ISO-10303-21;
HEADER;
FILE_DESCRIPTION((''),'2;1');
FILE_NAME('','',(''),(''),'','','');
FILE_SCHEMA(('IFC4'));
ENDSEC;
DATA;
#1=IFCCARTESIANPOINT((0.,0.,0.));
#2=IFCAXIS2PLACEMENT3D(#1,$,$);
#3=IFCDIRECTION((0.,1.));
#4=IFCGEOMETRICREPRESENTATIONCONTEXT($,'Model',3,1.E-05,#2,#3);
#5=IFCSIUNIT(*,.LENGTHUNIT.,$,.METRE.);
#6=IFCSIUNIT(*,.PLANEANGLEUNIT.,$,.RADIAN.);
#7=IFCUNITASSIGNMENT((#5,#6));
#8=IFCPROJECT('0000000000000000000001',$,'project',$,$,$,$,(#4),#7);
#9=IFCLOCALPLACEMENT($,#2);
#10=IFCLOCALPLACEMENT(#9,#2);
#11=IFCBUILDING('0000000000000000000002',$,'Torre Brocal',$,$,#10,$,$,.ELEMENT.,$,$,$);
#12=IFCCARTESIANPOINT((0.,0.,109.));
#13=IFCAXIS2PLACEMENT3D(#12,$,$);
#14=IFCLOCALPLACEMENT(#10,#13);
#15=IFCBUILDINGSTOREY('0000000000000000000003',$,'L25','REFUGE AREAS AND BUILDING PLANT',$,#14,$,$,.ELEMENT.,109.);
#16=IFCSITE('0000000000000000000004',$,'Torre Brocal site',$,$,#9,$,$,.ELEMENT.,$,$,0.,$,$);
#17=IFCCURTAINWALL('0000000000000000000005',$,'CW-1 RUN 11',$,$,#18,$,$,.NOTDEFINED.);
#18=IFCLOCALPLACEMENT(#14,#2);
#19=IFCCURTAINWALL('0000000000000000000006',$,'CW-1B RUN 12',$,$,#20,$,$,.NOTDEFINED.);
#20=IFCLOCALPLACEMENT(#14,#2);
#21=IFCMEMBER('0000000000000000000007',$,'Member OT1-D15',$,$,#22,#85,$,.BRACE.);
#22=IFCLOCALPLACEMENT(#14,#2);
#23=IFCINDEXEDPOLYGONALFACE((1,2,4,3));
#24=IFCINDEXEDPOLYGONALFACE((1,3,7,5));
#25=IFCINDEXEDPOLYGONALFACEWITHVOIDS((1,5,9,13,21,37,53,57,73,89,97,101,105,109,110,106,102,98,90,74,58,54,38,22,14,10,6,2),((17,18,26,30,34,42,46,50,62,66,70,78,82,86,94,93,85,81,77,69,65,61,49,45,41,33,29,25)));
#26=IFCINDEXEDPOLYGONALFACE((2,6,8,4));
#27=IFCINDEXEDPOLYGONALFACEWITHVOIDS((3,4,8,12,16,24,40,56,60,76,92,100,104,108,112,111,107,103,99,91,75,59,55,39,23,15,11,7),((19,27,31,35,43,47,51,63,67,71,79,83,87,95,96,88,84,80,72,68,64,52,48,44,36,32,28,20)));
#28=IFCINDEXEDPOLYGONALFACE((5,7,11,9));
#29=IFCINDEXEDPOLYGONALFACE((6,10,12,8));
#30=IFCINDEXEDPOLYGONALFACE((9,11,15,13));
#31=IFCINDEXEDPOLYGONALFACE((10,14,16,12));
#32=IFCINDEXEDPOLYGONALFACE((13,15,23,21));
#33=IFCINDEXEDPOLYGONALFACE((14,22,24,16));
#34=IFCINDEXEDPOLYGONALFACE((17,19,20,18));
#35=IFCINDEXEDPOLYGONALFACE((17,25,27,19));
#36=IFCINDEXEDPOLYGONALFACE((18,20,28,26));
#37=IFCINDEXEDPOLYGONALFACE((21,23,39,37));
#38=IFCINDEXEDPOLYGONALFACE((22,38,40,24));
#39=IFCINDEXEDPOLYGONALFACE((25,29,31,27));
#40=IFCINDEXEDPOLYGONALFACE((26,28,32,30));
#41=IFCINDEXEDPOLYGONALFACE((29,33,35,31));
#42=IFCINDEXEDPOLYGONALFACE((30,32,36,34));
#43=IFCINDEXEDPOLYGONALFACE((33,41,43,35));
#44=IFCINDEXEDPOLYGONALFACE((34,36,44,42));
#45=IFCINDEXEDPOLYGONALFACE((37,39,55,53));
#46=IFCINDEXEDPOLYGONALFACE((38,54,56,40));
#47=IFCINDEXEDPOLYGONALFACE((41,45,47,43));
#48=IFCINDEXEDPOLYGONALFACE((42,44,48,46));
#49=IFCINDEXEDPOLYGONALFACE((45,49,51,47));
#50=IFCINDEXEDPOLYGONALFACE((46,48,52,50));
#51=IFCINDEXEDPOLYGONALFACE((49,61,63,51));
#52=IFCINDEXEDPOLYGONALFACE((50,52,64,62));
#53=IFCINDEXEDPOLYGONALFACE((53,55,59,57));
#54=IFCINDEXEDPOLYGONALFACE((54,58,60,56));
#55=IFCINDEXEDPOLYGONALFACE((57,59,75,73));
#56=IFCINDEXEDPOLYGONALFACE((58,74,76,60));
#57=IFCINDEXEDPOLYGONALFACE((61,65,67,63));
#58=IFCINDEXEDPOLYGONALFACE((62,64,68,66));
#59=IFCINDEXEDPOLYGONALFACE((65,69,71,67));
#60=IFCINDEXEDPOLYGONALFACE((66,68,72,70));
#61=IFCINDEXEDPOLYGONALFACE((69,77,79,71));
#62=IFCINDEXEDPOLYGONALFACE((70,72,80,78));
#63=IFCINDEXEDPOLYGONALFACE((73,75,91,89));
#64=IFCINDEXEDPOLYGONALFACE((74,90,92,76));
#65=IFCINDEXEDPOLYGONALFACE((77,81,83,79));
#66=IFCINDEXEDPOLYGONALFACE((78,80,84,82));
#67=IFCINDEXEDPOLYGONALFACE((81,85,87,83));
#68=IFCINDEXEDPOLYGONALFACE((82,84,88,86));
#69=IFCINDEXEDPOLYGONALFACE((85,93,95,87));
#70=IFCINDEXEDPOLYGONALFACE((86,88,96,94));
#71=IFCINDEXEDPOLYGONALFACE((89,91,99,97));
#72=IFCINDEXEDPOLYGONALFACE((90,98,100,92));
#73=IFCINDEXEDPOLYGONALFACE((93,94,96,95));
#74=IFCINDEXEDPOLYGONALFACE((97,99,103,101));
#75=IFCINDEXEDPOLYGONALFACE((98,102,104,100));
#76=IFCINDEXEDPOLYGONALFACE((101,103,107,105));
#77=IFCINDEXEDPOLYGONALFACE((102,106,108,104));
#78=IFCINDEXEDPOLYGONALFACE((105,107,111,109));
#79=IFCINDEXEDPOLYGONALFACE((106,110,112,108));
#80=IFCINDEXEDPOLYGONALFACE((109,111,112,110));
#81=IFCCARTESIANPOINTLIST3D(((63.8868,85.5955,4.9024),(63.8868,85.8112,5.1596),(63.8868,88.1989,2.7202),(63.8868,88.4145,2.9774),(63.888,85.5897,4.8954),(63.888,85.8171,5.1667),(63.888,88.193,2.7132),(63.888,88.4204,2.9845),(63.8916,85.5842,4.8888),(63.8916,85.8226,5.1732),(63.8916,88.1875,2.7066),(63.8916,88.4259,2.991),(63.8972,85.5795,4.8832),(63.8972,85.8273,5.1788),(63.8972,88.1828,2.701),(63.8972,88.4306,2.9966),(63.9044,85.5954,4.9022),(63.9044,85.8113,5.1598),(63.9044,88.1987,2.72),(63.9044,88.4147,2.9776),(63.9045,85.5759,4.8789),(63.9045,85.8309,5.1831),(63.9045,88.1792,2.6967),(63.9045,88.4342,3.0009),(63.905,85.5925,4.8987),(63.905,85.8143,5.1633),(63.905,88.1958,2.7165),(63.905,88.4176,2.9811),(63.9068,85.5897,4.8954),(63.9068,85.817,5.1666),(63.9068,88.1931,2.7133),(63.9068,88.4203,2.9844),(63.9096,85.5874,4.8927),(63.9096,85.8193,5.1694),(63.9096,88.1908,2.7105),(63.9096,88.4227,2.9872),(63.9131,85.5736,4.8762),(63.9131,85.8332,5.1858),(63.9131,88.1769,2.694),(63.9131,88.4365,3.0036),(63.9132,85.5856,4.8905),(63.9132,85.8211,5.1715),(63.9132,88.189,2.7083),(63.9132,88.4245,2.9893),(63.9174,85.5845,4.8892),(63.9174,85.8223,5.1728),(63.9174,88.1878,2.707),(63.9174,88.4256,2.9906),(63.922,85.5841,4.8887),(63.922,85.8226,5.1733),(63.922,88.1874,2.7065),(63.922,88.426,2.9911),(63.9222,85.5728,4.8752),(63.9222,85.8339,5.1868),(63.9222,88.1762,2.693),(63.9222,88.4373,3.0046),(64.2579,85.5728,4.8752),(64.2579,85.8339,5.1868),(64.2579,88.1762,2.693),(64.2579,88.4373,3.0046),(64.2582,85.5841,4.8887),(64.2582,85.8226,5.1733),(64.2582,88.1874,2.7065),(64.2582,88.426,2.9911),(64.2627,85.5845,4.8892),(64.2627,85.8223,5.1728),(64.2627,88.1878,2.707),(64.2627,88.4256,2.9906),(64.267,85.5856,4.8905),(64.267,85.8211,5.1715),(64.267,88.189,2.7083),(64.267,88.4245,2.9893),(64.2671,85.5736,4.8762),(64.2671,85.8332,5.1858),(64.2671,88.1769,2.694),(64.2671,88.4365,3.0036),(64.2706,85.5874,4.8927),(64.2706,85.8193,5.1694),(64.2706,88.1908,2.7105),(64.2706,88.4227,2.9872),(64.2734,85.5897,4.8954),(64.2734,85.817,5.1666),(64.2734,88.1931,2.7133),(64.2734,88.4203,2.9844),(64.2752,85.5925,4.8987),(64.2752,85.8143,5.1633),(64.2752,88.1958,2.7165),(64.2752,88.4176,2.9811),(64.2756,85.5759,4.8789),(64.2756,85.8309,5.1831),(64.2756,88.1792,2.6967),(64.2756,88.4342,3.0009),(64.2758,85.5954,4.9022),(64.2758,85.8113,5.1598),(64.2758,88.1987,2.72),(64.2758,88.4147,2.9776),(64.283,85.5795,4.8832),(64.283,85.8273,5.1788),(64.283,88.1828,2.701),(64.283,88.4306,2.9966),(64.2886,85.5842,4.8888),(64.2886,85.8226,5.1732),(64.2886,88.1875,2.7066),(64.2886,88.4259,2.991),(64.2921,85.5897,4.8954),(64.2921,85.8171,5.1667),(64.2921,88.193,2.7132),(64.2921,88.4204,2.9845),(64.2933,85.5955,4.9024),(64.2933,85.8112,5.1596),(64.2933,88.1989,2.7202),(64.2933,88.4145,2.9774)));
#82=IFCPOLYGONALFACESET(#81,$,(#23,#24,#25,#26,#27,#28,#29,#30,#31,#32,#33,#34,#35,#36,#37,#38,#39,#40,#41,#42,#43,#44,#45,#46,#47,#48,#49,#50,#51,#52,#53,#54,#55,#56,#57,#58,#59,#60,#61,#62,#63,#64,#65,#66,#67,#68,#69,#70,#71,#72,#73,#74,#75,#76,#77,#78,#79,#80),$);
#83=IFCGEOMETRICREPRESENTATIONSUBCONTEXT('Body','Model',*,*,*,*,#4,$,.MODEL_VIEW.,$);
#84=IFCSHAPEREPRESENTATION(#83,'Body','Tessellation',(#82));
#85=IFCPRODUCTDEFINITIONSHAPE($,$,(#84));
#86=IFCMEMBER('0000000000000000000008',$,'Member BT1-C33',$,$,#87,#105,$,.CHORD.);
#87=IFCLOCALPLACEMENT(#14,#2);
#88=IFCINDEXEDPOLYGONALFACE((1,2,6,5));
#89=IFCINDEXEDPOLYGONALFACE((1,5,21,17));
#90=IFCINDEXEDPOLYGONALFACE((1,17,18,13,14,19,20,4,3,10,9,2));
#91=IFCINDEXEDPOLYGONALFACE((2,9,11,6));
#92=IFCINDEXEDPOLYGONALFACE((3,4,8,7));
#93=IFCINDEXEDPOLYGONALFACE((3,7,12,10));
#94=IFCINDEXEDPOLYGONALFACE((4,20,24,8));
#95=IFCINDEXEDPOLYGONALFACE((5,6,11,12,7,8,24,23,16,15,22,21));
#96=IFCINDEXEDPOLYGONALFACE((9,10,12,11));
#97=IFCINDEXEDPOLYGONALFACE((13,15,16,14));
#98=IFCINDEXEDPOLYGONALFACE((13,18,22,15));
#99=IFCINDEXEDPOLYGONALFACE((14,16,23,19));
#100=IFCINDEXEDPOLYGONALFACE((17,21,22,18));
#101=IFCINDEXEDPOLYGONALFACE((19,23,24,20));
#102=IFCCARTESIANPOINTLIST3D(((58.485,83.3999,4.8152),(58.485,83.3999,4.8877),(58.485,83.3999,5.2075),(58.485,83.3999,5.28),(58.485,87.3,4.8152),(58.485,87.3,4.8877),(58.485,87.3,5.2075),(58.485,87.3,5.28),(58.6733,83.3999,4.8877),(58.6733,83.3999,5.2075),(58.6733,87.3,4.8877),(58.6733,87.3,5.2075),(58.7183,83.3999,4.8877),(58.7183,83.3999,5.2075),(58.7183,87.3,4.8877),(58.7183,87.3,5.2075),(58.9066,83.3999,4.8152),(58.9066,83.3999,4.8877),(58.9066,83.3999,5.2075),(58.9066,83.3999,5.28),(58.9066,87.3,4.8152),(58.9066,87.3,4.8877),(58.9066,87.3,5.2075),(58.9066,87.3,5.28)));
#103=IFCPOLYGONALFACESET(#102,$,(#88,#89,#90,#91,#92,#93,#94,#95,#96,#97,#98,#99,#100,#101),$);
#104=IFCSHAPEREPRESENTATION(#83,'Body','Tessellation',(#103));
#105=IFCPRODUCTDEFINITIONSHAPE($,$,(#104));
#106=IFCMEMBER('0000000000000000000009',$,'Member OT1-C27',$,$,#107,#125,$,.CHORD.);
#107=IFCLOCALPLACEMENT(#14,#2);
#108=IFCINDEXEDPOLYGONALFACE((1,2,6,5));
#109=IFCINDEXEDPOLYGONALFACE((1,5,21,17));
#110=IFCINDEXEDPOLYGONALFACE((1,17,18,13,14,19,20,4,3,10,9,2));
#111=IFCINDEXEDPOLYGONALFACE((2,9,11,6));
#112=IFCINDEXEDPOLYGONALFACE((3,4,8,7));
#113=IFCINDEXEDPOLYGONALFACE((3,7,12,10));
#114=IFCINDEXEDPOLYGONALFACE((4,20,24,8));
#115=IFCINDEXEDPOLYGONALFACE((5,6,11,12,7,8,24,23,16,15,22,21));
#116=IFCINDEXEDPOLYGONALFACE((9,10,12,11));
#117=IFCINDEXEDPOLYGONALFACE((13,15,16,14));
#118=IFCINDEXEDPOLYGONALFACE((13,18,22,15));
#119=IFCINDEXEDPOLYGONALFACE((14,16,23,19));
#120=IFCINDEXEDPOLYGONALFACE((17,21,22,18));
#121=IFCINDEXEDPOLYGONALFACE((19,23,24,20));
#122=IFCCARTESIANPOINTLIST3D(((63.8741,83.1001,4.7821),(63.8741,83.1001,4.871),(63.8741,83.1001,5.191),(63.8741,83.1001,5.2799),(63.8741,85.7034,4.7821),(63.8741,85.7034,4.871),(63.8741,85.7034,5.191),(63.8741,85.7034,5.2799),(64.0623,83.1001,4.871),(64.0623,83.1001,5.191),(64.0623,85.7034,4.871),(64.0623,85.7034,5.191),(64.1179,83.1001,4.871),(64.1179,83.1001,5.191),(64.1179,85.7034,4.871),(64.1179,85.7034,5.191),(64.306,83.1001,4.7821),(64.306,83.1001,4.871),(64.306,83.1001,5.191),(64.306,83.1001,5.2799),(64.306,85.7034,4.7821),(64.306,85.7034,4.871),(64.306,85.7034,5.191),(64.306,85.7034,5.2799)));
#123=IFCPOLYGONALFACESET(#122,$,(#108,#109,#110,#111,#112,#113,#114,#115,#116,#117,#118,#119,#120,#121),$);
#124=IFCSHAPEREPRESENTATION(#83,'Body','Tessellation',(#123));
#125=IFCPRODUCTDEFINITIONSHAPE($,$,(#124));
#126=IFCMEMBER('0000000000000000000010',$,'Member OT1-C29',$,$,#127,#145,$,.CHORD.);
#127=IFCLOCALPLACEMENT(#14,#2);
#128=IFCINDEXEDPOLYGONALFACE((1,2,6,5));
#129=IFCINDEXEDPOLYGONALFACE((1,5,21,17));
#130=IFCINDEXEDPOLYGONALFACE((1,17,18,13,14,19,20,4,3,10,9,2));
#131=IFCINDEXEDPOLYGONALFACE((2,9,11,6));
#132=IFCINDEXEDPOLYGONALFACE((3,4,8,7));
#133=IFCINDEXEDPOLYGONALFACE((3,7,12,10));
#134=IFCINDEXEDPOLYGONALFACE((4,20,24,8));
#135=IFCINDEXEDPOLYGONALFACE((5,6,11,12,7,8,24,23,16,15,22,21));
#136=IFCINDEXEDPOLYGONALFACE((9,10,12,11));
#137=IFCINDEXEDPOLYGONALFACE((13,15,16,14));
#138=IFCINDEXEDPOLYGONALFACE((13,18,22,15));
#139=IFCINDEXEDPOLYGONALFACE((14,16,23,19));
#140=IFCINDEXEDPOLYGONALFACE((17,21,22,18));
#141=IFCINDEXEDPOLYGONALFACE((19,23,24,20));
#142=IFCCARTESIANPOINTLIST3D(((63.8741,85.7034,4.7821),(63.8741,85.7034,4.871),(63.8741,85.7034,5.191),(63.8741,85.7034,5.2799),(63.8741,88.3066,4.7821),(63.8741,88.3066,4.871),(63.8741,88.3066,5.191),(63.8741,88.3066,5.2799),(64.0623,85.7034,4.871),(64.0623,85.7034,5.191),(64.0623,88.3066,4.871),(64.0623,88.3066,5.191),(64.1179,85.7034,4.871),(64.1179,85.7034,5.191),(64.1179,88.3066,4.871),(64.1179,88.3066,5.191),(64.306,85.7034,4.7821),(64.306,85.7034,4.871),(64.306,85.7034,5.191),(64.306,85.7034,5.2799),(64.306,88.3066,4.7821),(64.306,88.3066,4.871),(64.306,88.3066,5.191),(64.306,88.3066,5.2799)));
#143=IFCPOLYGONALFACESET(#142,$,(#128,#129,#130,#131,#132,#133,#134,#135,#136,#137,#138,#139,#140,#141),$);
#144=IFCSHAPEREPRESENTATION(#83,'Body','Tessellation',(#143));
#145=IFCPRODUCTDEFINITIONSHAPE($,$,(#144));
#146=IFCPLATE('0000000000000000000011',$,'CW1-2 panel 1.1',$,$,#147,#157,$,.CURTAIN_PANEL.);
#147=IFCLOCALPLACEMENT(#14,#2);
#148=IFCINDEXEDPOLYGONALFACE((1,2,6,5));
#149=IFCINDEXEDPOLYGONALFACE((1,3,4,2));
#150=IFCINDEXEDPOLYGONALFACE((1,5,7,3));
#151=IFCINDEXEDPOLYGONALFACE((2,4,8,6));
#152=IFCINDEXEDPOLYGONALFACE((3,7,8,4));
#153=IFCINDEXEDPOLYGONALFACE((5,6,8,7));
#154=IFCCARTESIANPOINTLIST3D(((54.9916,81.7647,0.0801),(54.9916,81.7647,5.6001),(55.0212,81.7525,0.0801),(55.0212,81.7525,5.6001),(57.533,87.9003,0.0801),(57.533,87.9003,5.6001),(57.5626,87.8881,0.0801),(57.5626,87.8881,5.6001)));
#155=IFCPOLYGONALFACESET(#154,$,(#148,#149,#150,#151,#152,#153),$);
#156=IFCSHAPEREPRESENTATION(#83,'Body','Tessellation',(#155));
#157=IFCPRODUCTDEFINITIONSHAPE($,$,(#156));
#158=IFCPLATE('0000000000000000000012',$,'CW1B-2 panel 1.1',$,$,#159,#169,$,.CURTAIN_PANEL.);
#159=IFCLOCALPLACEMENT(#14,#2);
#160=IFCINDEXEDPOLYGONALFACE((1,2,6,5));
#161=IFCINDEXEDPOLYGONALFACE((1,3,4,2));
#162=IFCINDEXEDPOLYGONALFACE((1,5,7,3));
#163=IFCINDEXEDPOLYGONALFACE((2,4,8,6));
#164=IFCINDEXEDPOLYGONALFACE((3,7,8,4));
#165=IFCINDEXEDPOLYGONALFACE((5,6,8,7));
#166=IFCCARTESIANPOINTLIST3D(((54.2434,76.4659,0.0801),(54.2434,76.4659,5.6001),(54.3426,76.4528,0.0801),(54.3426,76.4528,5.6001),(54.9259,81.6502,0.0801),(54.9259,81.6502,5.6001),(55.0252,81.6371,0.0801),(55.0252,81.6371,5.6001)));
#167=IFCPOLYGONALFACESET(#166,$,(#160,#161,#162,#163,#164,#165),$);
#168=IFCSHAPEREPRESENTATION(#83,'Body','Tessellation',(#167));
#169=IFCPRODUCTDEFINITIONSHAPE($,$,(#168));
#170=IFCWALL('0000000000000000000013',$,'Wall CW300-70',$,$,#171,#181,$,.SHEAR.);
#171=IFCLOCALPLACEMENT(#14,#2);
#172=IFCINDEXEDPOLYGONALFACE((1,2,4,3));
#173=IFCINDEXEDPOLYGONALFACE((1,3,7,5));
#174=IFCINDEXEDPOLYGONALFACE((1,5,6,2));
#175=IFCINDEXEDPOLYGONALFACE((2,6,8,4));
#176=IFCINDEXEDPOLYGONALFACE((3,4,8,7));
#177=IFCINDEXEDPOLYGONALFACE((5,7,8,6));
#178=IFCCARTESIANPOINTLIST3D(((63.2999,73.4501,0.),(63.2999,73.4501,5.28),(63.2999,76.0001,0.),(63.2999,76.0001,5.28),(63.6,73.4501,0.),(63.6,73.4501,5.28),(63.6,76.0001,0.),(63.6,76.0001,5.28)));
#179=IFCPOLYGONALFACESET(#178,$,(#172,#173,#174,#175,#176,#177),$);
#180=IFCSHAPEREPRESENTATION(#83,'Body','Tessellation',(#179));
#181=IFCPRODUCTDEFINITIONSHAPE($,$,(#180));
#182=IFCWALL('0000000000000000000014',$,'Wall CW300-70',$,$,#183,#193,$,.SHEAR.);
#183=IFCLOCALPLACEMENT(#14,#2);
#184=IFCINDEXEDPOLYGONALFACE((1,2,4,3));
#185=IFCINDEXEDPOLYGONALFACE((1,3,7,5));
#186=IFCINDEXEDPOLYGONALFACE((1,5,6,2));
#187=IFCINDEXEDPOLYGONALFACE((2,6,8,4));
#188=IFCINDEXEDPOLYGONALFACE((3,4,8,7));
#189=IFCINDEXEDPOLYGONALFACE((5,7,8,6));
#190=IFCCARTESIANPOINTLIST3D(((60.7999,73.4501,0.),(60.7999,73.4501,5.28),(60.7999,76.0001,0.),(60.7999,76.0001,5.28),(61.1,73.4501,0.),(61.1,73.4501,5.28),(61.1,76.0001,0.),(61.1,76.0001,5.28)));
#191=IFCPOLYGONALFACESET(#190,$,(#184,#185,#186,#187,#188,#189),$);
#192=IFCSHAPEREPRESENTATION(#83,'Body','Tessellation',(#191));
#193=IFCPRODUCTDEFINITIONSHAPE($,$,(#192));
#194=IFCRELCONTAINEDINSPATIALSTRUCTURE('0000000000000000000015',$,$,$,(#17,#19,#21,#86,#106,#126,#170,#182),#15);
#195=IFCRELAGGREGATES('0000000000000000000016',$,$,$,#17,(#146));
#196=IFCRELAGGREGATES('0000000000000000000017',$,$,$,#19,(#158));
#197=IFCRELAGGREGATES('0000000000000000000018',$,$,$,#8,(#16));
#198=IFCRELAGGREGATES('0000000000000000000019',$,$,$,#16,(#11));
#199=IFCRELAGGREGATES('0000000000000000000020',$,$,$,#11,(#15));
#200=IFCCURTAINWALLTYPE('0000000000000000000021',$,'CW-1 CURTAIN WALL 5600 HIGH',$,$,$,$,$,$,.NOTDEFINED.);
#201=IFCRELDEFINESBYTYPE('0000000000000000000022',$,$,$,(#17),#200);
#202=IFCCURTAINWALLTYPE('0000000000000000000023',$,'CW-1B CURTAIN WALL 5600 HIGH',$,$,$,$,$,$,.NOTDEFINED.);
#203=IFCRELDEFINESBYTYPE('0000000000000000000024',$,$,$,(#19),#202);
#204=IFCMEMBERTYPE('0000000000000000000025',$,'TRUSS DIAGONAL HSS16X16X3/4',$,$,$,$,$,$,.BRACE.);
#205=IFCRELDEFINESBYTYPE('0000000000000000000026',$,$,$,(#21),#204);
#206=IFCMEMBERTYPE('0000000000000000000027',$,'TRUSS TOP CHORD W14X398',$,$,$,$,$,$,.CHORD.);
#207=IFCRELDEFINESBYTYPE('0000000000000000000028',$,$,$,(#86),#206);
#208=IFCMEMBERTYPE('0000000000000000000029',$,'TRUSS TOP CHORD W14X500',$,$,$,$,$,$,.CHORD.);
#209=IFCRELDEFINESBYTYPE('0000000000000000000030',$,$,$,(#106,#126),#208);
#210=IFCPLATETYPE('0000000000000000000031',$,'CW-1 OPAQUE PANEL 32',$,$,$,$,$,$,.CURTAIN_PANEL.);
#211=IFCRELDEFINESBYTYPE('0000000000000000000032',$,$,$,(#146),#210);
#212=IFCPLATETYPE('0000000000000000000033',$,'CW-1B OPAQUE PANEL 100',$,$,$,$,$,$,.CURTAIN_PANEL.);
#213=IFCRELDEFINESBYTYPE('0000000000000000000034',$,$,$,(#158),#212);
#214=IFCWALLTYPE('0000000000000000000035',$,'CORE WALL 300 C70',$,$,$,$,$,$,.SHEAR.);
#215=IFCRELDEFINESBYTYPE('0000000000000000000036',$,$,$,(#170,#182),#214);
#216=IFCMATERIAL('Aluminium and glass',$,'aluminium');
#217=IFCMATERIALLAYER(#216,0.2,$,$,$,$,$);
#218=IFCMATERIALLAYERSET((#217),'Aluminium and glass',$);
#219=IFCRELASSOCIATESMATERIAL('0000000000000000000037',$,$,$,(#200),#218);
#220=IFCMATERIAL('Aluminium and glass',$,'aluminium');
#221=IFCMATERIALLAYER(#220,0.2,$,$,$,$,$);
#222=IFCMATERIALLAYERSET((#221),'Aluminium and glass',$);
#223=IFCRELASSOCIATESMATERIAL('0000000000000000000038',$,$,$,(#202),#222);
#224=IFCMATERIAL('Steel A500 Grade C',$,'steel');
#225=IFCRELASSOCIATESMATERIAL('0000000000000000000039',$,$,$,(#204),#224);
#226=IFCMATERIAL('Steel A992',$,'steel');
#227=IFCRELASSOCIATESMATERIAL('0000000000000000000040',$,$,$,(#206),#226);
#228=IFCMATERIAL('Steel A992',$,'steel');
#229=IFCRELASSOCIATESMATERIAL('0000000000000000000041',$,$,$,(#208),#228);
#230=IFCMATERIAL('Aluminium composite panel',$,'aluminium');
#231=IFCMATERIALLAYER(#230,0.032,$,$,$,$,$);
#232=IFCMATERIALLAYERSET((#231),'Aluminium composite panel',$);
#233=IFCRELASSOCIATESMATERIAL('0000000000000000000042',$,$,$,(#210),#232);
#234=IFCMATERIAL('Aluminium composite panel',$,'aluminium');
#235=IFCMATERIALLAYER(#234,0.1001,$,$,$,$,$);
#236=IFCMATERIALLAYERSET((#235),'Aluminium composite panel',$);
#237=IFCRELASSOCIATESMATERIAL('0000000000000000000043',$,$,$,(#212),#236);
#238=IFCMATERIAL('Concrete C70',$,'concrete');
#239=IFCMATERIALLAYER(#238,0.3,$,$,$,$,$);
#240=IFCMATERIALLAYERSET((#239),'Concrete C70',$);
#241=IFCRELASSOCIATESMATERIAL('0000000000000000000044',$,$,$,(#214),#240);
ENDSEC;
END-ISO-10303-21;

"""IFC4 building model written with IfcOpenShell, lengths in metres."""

from ifc_helpers import new_model, si_unit, direction, frame, frame_2d, origin, origin_2d, place, context, subcontext, project, spatial, rectangle, hollow_rectangle, i_section, extrude, material, layer, layer_set, material_profile, profile_set, type_object, element, aggregate, save


model = new_model("IFC4")

# Units and contexts
model_context = context("Model", 3, precision=1e-05, world=origin(), true_north=direction((0.0, 1.0)))
body_context = subcontext(model_context, "Body", "Model", "MODEL_VIEW")
ifc_project = project(units=[si_unit("LENGTHUNIT", "METRE"), si_unit("PLANEANGLEUNIT", "RADIAN")], contexts=[model_context])

# Site, building, storey
site_placement = place(None, origin())
site = spatial("IfcSite", under=ifc_project, at=site_placement, Name="Torre Brocal site", CompositionType="ELEMENT", RefElevation=0.0)
building_placement = place(site_placement, origin())
building = spatial("IfcBuilding", under=site, at=building_placement, Name="Torre Brocal", CompositionType="ELEMENT")
storey_placement = place(building_placement, frame((0.0, 0.0, 109.0)))
storey = spatial("IfcBuildingStorey", under=building, at=storey_placement, Name="L25", Description="REFUGE AREAS AND BUILDING PLANT", CompositionType="ELEMENT", Elevation=109.0)

# Curtain walls
ifc_material_1 = material(Name="Aluminium and glass", Category="aluminium")
ifc_layer_1 = layer(ifc_material_1, 0.2)
ifc_layer_set_1 = layer_set([ifc_layer_1], Name="Aluminium and glass")
curtain_wall_type_1 = type_object("IfcCurtainWallType", Name="CW-1 CURTAIN WALL 5600 HIGH", PredefinedType="NOTDEFINED", material=ifc_layer_set_1)
curtain_wall_1_placement = place(storey_placement, origin())
curtain_wall_1 = element("IfcCurtainWall", 1, at=curtain_wall_1_placement, inside=storey, type_object=curtain_wall_type_1, Name="CW-1 RUN 11", PredefinedType="NOTDEFINED")
ifc_material_2 = material(Name="Aluminium and glass", Category="aluminium")
ifc_layer_2 = layer(ifc_material_2, 0.2)
ifc_layer_set_2 = layer_set([ifc_layer_2], Name="Aluminium and glass")
curtain_wall_type_2 = type_object("IfcCurtainWallType", Name="CW-1B CURTAIN WALL 5600 HIGH", PredefinedType="NOTDEFINED", material=ifc_layer_set_2)
curtain_wall_2_placement = place(storey_placement, origin())
curtain_wall_2 = element("IfcCurtainWall", 2, at=curtain_wall_2_placement, inside=storey, type_object=curtain_wall_type_2, Name="CW-1B RUN 12", PredefinedType="NOTDEFINED")

# Members
ifc_material_3 = material(Name="Steel A500 Grade C", Category="steel")
ifc_material_profile_1 = material_profile(ifc_material_3, hollow_rectangle(XDim=0.4065, YDim=0.4065, WallThickness=0.0176, InnerFilletRadius=0.0176, OuterFilletRadius=0.0354, at=origin_2d()), Name="HSS16X16X3/4")
ifc_profile_set_1 = profile_set([ifc_material_profile_1], Name="Steel A500 Grade C")
member_type_1 = type_object("IfcMemberType", Name="TRUSS DIAGONAL HSS16X16X3/4", PredefinedType="BRACE", material=ifc_profile_set_1)
for number, where, z_axis, x_axis, name in (
    (3, (64.0901, 85.7034, 5.031), (0.0, 0.766374, -0.642394), (-1.0, 0.0, 0.0), "Member OT1-D15"),
):
    element("IfcMember", number, at=place(storey_placement, frame(where, z_axis=z_axis, x_axis=x_axis)), inside=storey, type_object=member_type_1, Name=name, PredefinedType="BRACE", context=body_context, shape_type="SweptSolid", body=[
        extrude(hollow_rectangle(XDim=0.4065, YDim=0.4065, WallThickness=0.0176, InnerFilletRadius=0.0176, OuterFilletRadius=0.0354, at=origin_2d()), origin(), (0.0, 0.0, 1.0), 3.397),
    ])
ifc_material_4 = material(Name="Steel A992", Category="steel")
ifc_material_profile_2 = material_profile(ifc_material_4, i_section(OverallWidth=0.4216, OverallDepth=0.4648, WebThickness=0.0449, FlangeThickness=0.0725, at=origin_2d()), Name="W14X398")
ifc_profile_set_2 = profile_set([ifc_material_profile_2], Name="Steel A992")
member_type_2 = type_object("IfcMemberType", Name="TRUSS TOP CHORD W14X398", PredefinedType="CHORD", material=ifc_profile_set_2)
member_1_placement = place(storey_placement, frame((58.6958, 87.3, 5.0476), z_axis=(0.0, -1.0, 0.0), x_axis=(1.0, 0.0, 0.0)))
element("IfcMember", 4, at=member_1_placement, inside=storey, type_object=member_type_2, Name="Member BT1-C33", PredefinedType="CHORD", context=body_context, shape_type="SweptSolid", body=[
    extrude(i_section(OverallWidth=0.4216, OverallDepth=0.4648, WebThickness=0.0449, FlangeThickness=0.0725, at=origin_2d()), origin(), (0.0, 0.0, 1.0), 3.9001),
])
ifc_material_5 = material(Name="Steel A992", Category="steel")
ifc_material_profile_3 = material_profile(ifc_material_5, i_section(OverallWidth=0.4319, OverallDepth=0.4978, WebThickness=0.0557, FlangeThickness=0.0889, at=origin_2d()), Name="W14X500")
ifc_profile_set_3 = profile_set([ifc_material_profile_3], Name="Steel A992")
member_type_3 = type_object("IfcMemberType", Name="TRUSS TOP CHORD W14X500", PredefinedType="CHORD", material=ifc_profile_set_3)
for number, where, z_axis, x_axis, name in (
    (5, (64.0901, 83.1001, 5.031), (0.0, 1.0, 0.0), (-1.0, 0.0, 0.0), "Member OT1-C27"),
    (6, (64.0901, 85.7034, 5.031), (0.0, 1.0, 0.0), (-1.0, 0.0, 0.0), "Member OT1-C29"),
):
    element("IfcMember", number, at=place(storey_placement, frame(where, z_axis=z_axis, x_axis=x_axis)), inside=storey, type_object=member_type_3, Name=name, PredefinedType="CHORD", context=body_context, shape_type="SweptSolid", body=[
        extrude(i_section(OverallWidth=0.4319, OverallDepth=0.4978, WebThickness=0.0557, FlangeThickness=0.0889, at=origin_2d()), origin(), (0.0, 0.0, 1.0), 2.6033),
    ])

# Plates
ifc_material_6 = material(Name="Aluminium composite panel", Category="aluminium")
ifc_layer_3 = layer(ifc_material_6, 0.032)
ifc_layer_set_3 = layer_set([ifc_layer_3], Name="Aluminium composite panel")
plate_type_1 = type_object("IfcPlateType", Name="CW-1 OPAQUE PANEL 32", PredefinedType="CURTAIN_PANEL", material=ifc_layer_set_3)
plate_1_placement = place(storey_placement, frame((56.2771, 84.8264, 0.0801), z_axis=(0.0, 0.0, 1.0), x_axis=(-0.382683, -0.92388, 0.0)))
plate_1 = element("IfcPlate", 7, at=plate_1_placement, type_object=plate_type_1, Name="CW1-2 panel 1.1", PredefinedType="CURTAIN_PANEL", context=body_context, shape_type="SweptSolid", body=[
    extrude(rectangle(XDim=6.6411, YDim=0.032, at=origin_2d()), origin(), (0.0, 0.0, 1.0), 5.52),
])
aggregate(curtain_wall_1, [plate_1])
ifc_material_7 = material(Name="Aluminium composite panel", Category="aluminium")
ifc_layer_4 = layer(ifc_material_7, 0.1001)
ifc_layer_set_4 = layer_set([ifc_layer_4], Name="Aluminium composite panel")
plate_type_2 = type_object("IfcPlateType", Name="CW-1B OPAQUE PANEL 100", PredefinedType="CURTAIN_PANEL", material=ifc_layer_set_4)
plate_2_placement = place(storey_placement, frame((54.6343, 79.0515, 0.0801), z_axis=(0.0, 0.0, 1.0), x_axis=(-0.130526, -0.991445, 0.0)))
plate_2 = element("IfcPlate", 8, at=plate_2_placement, type_object=plate_type_2, Name="CW1B-2 panel 1.1", PredefinedType="CURTAIN_PANEL", context=body_context, shape_type="SweptSolid", body=[
    extrude(rectangle(XDim=5.229, YDim=0.1001, at=origin_2d()), origin(), (0.0, 0.0, 1.0), 5.52),
])
aggregate(curtain_wall_2, [plate_2])

# Walls
ifc_material_8 = material(Name="Concrete C70", Category="concrete")
ifc_layer_5 = layer(ifc_material_8, 0.3)
ifc_layer_set_5 = layer_set([ifc_layer_5], Name="Concrete C70")
wall_type_1 = type_object("IfcWallType", Name="CORE WALL 300 C70", PredefinedType="SHEAR", material=ifc_layer_set_5)
for number, where, z_axis, x_axis, name in (
    (9, (63.45, 76.0, 0.0), (0.0, 0.0, 1.0), (0.0, -1.0, 0.0), "Wall CW300-70"),
    (10, (60.95, 76.0, 0.0), (0.0, 0.0, 1.0), (0.0, -1.0, 0.0), "Wall CW300-70"),
):
    element("IfcWall", number, at=place(storey_placement, frame(where, z_axis=z_axis, x_axis=x_axis)), inside=storey, type_object=wall_type_1, Name=name, PredefinedType="SHEAR", context=body_context, shape_type="SweptSolid", body=[
        extrude(rectangle(XDim=2.55, YDim=0.3, at=frame_2d((1.2749, 0.0))), origin(), (0.0, 0.0, 1.0), 5.28),
    ])

save(model, "model.ifc")
